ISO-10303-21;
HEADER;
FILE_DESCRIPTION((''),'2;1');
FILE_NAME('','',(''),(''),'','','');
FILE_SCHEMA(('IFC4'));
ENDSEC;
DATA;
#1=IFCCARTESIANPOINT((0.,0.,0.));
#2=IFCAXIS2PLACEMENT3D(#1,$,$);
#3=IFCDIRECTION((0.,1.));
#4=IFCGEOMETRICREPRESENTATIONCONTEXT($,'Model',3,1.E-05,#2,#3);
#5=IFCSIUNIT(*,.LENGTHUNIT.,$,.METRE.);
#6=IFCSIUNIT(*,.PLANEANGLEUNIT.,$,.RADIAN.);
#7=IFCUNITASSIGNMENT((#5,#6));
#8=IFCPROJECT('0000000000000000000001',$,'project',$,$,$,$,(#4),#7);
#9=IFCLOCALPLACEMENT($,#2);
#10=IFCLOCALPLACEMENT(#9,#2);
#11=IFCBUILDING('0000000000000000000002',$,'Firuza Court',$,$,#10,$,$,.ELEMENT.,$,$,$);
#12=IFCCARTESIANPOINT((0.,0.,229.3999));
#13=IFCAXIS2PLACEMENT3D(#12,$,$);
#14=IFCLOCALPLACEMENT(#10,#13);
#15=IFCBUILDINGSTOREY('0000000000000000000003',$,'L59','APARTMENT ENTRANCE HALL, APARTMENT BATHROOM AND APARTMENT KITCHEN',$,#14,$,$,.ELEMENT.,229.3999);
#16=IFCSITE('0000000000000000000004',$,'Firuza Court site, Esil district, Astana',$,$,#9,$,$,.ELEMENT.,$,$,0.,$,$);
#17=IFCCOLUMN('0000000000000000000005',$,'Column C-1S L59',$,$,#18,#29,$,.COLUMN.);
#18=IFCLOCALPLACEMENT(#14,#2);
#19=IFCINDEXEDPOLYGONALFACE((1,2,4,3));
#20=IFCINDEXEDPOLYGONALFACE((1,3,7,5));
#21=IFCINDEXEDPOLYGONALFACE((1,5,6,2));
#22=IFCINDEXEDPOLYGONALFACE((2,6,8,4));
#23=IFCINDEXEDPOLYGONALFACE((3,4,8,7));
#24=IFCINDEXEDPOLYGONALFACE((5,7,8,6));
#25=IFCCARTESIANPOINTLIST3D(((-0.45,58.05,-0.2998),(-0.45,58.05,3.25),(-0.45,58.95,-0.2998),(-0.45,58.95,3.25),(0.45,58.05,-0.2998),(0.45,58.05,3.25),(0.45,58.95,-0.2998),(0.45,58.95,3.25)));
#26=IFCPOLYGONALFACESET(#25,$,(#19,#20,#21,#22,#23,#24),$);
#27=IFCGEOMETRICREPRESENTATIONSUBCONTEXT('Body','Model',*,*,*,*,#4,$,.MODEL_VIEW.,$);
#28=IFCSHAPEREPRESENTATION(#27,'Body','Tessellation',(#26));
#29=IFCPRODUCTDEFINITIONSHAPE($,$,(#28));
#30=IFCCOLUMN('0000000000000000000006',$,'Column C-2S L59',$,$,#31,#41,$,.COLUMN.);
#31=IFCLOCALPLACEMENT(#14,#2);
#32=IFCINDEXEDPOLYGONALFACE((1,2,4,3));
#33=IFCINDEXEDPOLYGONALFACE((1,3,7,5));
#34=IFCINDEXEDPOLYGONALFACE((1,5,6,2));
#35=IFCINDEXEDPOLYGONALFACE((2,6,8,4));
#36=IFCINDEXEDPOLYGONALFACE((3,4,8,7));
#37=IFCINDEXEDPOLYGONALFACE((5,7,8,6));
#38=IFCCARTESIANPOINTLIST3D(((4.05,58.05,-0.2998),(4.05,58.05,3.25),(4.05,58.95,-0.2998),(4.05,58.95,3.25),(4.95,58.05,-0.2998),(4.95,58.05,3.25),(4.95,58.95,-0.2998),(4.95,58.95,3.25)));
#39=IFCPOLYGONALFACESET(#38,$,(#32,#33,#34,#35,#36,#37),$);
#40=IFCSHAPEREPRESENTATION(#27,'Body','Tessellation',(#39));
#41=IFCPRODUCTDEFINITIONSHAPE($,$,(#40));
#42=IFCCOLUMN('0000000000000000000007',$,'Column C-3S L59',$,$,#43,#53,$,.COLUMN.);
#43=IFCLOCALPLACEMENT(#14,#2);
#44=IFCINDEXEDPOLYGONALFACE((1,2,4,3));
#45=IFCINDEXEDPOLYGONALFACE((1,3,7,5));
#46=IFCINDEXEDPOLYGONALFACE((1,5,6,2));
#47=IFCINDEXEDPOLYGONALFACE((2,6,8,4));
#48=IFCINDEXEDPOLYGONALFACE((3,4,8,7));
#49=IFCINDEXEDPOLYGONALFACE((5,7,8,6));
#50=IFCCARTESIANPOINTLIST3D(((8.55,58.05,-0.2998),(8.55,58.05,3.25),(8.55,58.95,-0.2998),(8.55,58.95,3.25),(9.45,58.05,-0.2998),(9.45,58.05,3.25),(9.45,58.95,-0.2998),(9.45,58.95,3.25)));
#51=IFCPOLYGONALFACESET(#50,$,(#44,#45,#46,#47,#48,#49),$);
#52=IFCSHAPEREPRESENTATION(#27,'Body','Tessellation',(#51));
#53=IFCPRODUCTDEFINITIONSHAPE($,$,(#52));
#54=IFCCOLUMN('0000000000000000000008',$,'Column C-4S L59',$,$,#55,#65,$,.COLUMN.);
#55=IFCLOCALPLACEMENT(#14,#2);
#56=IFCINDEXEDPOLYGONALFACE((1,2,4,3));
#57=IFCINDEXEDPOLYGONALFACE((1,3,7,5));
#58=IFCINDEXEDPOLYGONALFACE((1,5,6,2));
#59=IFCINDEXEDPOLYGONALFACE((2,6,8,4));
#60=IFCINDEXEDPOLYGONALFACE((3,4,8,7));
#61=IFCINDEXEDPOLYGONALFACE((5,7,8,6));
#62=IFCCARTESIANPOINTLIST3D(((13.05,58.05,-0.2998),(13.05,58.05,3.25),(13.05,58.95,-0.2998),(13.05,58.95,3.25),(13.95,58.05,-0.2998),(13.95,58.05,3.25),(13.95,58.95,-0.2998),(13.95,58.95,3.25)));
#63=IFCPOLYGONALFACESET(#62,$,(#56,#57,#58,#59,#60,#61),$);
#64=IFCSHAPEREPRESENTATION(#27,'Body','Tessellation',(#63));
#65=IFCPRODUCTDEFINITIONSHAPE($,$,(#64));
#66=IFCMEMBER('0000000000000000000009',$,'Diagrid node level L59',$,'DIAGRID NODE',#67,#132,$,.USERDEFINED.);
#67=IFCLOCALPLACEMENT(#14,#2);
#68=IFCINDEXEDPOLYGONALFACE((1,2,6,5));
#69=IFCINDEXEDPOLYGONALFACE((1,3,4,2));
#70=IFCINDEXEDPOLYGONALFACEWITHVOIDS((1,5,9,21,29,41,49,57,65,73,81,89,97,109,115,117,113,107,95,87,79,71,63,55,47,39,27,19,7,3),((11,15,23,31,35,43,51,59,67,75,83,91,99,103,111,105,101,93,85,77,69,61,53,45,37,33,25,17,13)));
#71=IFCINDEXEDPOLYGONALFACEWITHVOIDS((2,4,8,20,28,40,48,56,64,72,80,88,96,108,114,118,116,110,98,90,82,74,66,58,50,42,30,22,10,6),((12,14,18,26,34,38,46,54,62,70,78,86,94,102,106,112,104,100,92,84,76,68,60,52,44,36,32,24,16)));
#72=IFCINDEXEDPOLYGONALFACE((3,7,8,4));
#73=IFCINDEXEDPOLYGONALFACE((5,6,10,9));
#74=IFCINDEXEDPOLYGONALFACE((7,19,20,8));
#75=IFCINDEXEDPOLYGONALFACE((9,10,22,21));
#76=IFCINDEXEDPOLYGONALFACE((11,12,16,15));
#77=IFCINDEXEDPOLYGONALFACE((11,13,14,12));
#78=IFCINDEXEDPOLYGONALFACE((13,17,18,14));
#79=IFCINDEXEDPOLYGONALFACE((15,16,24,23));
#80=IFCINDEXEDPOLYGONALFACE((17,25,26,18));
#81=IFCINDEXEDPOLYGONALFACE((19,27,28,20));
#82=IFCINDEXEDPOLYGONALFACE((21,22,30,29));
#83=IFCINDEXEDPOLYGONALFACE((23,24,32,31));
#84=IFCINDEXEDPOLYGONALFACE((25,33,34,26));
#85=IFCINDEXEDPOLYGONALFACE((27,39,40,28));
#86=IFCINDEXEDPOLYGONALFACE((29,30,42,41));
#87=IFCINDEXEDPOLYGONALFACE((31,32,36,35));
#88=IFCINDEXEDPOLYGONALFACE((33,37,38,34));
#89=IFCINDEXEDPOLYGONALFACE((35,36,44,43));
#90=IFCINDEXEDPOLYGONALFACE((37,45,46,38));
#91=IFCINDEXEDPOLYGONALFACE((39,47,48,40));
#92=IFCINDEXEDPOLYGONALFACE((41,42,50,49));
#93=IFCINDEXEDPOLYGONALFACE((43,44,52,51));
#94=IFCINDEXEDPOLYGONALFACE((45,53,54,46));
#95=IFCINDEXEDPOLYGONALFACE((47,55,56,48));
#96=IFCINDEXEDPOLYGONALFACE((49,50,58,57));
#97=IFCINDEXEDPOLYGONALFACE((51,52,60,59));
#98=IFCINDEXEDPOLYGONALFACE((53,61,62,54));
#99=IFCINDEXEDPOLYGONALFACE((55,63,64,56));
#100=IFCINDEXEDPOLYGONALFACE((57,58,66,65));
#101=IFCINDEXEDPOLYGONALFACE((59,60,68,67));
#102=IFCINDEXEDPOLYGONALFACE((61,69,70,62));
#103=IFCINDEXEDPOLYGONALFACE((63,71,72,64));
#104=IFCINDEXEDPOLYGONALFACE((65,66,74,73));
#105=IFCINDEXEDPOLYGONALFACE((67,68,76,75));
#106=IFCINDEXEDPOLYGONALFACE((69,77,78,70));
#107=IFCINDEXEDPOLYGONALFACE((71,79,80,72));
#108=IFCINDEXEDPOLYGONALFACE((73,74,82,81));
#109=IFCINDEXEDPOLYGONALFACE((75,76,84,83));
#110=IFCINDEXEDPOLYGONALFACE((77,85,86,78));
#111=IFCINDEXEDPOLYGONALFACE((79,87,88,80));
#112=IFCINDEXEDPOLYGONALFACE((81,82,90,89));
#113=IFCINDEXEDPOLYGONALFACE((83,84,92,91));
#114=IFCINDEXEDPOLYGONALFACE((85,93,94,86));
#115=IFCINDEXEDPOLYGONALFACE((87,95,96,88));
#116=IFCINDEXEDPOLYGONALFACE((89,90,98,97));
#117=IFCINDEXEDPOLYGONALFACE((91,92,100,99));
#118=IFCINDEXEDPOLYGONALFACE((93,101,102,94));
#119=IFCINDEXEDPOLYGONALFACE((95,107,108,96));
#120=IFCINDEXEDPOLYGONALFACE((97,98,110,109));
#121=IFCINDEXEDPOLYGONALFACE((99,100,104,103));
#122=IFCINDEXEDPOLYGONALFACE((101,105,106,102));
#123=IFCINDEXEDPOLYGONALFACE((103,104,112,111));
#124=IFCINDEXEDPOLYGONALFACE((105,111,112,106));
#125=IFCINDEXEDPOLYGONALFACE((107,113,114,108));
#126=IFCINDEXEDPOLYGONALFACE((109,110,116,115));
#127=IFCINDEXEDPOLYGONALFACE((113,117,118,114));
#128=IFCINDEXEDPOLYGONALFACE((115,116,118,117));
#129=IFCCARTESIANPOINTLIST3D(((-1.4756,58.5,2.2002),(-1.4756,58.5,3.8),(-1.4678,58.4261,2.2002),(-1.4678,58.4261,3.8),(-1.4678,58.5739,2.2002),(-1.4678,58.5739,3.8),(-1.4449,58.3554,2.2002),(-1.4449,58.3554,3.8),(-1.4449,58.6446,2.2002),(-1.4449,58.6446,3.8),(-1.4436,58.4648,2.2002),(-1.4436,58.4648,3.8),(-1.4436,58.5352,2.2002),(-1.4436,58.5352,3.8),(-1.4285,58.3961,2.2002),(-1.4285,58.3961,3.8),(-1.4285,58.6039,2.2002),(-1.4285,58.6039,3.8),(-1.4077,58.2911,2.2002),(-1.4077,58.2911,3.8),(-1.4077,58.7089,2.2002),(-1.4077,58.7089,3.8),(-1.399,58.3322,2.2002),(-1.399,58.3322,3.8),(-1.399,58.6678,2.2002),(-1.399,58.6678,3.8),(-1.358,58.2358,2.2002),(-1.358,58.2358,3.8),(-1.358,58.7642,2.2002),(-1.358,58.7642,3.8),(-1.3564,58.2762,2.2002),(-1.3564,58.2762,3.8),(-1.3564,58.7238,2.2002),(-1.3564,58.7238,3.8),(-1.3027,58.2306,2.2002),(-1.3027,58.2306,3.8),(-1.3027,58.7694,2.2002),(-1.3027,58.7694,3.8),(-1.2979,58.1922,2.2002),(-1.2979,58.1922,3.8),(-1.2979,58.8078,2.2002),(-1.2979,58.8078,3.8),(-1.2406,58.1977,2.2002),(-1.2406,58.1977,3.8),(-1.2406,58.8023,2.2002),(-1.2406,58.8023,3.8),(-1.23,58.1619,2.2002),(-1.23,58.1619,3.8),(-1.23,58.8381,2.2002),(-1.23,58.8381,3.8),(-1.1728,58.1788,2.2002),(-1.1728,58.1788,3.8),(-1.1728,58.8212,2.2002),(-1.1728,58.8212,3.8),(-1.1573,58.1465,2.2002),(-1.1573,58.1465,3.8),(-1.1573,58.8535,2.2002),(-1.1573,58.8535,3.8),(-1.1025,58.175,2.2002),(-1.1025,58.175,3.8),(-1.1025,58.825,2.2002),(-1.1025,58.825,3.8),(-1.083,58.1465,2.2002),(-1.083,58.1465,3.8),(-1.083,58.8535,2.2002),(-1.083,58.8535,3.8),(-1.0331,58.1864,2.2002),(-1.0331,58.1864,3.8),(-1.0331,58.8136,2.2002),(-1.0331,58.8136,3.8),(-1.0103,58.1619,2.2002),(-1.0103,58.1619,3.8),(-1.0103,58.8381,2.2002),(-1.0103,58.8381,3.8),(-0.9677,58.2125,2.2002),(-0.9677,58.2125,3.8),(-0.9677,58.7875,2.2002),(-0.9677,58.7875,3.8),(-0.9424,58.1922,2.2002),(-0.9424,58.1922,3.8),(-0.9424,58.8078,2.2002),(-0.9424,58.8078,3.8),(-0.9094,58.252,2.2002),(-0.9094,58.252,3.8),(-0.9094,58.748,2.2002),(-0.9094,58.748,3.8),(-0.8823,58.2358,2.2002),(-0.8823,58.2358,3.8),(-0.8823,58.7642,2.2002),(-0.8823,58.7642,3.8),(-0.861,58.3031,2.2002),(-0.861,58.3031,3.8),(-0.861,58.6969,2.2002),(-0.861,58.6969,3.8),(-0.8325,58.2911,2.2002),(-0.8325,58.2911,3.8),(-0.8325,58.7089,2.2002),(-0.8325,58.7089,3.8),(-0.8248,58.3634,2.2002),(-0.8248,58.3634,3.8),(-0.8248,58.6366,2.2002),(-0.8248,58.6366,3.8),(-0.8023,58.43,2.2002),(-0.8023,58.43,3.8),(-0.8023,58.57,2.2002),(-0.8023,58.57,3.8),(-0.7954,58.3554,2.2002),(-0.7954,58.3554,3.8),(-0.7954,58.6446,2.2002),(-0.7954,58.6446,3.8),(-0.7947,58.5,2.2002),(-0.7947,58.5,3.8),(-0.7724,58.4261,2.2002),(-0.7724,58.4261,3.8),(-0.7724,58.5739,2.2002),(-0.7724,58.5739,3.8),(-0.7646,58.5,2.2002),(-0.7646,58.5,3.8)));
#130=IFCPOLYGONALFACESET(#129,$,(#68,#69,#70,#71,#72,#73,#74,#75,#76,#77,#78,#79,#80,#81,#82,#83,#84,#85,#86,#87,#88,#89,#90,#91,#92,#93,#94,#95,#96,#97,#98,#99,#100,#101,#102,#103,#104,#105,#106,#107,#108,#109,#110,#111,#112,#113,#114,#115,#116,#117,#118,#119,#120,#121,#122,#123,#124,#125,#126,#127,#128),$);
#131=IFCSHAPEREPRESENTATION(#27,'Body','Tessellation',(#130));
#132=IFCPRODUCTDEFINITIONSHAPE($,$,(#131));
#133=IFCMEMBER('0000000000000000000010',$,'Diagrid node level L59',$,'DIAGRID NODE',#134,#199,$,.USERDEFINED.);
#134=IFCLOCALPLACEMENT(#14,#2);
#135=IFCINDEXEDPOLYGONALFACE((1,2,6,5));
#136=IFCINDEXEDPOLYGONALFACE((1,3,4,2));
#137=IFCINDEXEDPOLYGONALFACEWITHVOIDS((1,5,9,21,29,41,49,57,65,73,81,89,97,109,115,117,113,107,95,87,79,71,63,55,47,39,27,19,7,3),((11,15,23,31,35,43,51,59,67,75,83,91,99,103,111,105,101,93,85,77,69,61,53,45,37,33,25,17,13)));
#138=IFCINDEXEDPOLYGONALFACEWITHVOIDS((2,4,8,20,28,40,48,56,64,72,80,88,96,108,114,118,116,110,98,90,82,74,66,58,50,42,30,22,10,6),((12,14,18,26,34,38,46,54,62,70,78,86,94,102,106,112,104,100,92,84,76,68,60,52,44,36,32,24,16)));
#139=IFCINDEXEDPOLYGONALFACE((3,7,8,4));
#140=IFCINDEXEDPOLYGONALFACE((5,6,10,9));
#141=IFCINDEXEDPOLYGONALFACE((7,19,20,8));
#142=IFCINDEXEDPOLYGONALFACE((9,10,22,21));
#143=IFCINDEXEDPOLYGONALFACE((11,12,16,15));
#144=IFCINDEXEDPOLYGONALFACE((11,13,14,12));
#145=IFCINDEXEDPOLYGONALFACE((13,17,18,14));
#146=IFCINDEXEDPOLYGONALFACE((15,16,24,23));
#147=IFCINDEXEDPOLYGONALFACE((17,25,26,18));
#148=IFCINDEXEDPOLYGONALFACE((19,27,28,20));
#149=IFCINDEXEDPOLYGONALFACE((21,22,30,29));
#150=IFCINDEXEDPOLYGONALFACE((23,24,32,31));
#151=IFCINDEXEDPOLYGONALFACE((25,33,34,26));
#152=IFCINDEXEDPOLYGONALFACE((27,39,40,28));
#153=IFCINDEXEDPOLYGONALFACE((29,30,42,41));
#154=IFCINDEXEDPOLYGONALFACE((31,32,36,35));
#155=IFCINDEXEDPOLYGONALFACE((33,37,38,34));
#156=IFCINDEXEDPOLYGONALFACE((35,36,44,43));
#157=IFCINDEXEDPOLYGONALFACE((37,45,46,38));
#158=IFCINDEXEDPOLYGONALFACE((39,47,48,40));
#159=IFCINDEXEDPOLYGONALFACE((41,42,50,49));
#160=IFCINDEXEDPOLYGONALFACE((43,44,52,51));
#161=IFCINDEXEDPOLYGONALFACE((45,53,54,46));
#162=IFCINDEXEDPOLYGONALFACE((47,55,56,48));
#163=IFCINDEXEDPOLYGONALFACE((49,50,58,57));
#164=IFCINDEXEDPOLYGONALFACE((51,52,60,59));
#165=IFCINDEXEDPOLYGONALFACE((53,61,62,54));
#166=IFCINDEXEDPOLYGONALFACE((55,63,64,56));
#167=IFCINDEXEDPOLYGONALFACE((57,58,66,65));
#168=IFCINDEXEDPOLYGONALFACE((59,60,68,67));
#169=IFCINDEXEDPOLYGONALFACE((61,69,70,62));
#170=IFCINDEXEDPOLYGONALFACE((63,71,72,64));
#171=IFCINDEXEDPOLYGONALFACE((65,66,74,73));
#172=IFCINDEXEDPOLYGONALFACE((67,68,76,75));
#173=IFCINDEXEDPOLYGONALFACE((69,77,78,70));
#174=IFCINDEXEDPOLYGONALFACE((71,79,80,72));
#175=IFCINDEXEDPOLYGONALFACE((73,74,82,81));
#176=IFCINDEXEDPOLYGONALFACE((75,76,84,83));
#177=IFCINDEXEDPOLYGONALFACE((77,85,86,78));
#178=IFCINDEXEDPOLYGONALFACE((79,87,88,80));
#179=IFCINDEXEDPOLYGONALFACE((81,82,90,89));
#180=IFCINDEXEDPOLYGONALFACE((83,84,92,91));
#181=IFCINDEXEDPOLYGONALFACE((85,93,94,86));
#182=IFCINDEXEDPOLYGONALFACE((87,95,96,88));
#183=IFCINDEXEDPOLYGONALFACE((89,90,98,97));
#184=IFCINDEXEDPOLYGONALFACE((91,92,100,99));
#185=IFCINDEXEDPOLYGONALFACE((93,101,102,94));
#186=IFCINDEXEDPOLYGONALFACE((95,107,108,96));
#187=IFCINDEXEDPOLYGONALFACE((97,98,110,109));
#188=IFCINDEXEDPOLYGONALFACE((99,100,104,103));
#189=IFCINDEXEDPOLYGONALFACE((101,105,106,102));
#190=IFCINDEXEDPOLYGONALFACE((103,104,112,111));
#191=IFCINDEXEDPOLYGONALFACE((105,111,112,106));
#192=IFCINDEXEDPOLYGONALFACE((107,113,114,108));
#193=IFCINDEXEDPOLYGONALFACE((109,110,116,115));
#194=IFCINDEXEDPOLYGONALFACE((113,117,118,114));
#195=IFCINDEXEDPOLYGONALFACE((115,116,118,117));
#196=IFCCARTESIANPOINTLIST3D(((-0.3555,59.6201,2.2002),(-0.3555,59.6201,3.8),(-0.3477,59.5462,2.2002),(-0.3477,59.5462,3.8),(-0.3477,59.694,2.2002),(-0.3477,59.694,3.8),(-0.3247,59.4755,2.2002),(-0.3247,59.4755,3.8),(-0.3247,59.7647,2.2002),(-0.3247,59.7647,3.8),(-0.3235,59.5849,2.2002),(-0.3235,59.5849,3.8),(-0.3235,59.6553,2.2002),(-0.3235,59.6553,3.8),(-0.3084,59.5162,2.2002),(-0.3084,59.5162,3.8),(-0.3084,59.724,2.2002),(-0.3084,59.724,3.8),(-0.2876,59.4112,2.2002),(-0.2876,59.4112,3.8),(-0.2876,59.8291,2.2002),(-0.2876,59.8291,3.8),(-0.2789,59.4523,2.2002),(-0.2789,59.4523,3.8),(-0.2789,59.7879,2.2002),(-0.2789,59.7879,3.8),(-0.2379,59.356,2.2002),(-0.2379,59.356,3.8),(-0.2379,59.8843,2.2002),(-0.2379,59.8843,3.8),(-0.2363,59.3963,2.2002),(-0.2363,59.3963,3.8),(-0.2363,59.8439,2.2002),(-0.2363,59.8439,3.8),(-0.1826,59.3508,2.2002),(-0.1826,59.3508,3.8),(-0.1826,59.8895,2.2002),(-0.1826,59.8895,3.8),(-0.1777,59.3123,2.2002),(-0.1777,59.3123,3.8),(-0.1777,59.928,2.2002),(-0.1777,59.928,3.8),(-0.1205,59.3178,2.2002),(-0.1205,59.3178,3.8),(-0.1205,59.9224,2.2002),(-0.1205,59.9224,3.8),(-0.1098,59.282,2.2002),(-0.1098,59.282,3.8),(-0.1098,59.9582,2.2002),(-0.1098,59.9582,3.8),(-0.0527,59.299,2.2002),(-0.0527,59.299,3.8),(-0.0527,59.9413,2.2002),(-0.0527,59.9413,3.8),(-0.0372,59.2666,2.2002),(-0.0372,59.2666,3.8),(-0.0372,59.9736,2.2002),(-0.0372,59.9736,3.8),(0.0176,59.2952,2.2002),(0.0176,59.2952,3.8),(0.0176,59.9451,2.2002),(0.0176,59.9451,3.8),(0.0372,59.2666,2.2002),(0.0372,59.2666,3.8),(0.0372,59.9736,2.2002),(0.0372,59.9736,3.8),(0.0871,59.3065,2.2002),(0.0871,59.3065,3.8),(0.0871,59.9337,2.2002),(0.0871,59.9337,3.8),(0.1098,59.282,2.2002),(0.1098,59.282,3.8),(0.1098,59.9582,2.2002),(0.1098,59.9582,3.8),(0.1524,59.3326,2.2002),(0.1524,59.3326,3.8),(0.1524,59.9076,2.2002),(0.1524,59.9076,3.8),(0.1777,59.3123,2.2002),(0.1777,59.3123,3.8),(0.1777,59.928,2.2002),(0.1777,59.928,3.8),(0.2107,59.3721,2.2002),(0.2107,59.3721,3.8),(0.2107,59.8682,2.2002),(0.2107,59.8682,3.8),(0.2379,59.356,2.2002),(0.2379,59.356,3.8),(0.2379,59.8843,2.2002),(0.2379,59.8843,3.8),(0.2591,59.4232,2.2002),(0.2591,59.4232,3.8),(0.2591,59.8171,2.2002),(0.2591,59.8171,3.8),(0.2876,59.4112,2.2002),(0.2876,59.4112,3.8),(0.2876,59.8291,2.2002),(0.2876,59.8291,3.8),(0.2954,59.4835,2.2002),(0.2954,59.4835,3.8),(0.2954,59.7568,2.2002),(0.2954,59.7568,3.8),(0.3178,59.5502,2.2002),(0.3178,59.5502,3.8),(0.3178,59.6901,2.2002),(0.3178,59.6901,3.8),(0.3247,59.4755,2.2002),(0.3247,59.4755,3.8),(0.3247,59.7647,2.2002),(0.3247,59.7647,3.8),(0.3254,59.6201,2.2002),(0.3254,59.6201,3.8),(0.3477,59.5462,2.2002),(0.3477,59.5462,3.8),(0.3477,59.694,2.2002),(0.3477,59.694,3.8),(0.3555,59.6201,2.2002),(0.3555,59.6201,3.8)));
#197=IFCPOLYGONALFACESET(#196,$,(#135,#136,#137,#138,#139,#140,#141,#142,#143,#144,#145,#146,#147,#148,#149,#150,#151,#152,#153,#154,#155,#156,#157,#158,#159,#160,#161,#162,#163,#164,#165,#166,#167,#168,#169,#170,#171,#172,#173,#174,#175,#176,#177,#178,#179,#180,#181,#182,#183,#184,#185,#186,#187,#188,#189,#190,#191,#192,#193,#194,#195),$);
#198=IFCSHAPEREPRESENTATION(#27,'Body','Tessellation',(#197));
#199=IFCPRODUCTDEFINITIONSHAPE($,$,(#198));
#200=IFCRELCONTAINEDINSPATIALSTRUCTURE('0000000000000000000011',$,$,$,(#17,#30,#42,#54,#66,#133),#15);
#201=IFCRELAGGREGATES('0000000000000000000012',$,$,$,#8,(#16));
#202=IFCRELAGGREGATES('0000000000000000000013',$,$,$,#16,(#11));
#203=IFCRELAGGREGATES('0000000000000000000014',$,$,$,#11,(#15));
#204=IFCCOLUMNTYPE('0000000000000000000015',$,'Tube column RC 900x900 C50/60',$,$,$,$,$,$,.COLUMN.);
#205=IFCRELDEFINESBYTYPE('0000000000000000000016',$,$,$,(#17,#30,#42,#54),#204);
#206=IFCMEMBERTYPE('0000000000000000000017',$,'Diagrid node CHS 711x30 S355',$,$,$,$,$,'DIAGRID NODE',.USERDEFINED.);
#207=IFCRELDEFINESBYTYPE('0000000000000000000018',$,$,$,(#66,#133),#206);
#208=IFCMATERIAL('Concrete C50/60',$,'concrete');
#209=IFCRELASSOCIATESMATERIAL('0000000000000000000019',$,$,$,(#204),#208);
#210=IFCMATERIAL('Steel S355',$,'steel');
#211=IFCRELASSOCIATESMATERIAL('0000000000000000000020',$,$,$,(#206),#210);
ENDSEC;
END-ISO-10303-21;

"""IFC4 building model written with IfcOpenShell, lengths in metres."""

from ifc_helpers import new_model, si_unit, direction, frame, origin, origin_2d, place, context, subcontext, project, spatial, rectangle, hollow_circle, extrude, material, material_profile, profile_set, type_object, element, save


model = new_model("IFC4")

# Units and contexts
model_context = context("Model", 3, precision=1e-05, world=origin(), true_north=direction((0.0, 1.0)))
body_context = subcontext(model_context, "Body", "Model", "MODEL_VIEW")
ifc_project = project(units=[si_unit("LENGTHUNIT", "METRE"), si_unit("PLANEANGLEUNIT", "RADIAN")], contexts=[model_context])

# Site, building, storey
site_placement = place(None, origin())
site = spatial("IfcSite", under=ifc_project, at=site_placement, Name="Firuza Court site, Esil district, Astana", CompositionType="ELEMENT", RefElevation=0.0)
building_placement = place(site_placement, origin())
building = spatial("IfcBuilding", under=site, at=building_placement, Name="Firuza Court", CompositionType="ELEMENT")
storey_placement = place(building_placement, frame((0.0, 0.0, 229.3999)))
storey = spatial("IfcBuildingStorey", under=building, at=storey_placement, Name="L59", Description="APARTMENT ENTRANCE HALL, APARTMENT BATHROOM AND APARTMENT KITCHEN", CompositionType="ELEMENT", Elevation=229.3999)

# Columns
ifc_material_1 = material(Name="Concrete C50/60", Category="concrete")
ifc_material_profile_1 = material_profile(ifc_material_1, rectangle(XDim=0.8999, YDim=0.8999, at=origin_2d()), Name="RC 900x900")
ifc_profile_set_1 = profile_set([ifc_material_profile_1], Name="Concrete C50/60")
column_type = type_object("IfcColumnType", Name="Tube column RC 900x900 C50/60", PredefinedType="COLUMN", material=ifc_profile_set_1)
for number, where, z_axis, x_axis, name in (
    (1, (0.0, 58.5, -0.2998), (0.0, 0.0, 1.0), (1.0, 0.0, 0.0), "Column C-1S L59"),
    (2, (4.5, 58.5, -0.2998), (0.0, 0.0, 1.0), (1.0, 0.0, 0.0), "Column C-2S L59"),
    (3, (9.0, 58.5, -0.2998), (0.0, 0.0, 1.0), (1.0, 0.0, 0.0), "Column C-3S L59"),
    (4, (13.5, 58.5, -0.2998), (0.0, 0.0, 1.0), (1.0, 0.0, 0.0), "Column C-4S L59"),
):
    element("IfcColumn", number, at=place(storey_placement, frame(where, z_axis=z_axis, x_axis=x_axis)), inside=storey, type_object=column_type, Name=name, PredefinedType="COLUMN", context=body_context, shape_type="SweptSolid", body=[
        extrude(rectangle(XDim=0.8999, YDim=0.8999, at=origin_2d()), origin(), (0.0, 0.0, 1.0), 3.5498),
    ])

# Members
ifc_material_2 = material(Name="Steel S355", Category="steel")
ifc_material_profile_2 = material_profile(ifc_material_2, hollow_circle(Radius=0.3555, WallThickness=0.03, at=origin_2d()), Name="CHS 711x30")
ifc_profile_set_2 = profile_set([ifc_material_profile_2], Name="Steel S355")
member_type_1 = type_object("IfcMemberType", Name="Diagrid node CHS 711x30 S355", ElementType="DIAGRID NODE", PredefinedType="USERDEFINED", material=ifc_profile_set_2)
for number, where, z_axis, x_axis, name in (
    (5, (-1.1201, 58.5, 2.2002), (0.0, 0.0, 1.0), (1.0, 0.0, 0.0), "Diagrid node level L59"),
    (6, (0.0, 59.6201, 2.2002), (0.0, 0.0, 1.0), (1.0, 0.0, 0.0), "Diagrid node level L59"),
):
    element("IfcMember", number, at=place(storey_placement, frame(where, z_axis=z_axis, x_axis=x_axis)), inside=storey, type_object=member_type_1, Name=name, ObjectType="DIAGRID NODE", PredefinedType="USERDEFINED", context=body_context, shape_type="SweptSolid", body=[
        extrude(hollow_circle(Radius=0.3555, WallThickness=0.03, at=origin_2d()), origin(), (0.0, 0.0, 1.0), 1.5999),
    ])

save(model, "model.ifc")
